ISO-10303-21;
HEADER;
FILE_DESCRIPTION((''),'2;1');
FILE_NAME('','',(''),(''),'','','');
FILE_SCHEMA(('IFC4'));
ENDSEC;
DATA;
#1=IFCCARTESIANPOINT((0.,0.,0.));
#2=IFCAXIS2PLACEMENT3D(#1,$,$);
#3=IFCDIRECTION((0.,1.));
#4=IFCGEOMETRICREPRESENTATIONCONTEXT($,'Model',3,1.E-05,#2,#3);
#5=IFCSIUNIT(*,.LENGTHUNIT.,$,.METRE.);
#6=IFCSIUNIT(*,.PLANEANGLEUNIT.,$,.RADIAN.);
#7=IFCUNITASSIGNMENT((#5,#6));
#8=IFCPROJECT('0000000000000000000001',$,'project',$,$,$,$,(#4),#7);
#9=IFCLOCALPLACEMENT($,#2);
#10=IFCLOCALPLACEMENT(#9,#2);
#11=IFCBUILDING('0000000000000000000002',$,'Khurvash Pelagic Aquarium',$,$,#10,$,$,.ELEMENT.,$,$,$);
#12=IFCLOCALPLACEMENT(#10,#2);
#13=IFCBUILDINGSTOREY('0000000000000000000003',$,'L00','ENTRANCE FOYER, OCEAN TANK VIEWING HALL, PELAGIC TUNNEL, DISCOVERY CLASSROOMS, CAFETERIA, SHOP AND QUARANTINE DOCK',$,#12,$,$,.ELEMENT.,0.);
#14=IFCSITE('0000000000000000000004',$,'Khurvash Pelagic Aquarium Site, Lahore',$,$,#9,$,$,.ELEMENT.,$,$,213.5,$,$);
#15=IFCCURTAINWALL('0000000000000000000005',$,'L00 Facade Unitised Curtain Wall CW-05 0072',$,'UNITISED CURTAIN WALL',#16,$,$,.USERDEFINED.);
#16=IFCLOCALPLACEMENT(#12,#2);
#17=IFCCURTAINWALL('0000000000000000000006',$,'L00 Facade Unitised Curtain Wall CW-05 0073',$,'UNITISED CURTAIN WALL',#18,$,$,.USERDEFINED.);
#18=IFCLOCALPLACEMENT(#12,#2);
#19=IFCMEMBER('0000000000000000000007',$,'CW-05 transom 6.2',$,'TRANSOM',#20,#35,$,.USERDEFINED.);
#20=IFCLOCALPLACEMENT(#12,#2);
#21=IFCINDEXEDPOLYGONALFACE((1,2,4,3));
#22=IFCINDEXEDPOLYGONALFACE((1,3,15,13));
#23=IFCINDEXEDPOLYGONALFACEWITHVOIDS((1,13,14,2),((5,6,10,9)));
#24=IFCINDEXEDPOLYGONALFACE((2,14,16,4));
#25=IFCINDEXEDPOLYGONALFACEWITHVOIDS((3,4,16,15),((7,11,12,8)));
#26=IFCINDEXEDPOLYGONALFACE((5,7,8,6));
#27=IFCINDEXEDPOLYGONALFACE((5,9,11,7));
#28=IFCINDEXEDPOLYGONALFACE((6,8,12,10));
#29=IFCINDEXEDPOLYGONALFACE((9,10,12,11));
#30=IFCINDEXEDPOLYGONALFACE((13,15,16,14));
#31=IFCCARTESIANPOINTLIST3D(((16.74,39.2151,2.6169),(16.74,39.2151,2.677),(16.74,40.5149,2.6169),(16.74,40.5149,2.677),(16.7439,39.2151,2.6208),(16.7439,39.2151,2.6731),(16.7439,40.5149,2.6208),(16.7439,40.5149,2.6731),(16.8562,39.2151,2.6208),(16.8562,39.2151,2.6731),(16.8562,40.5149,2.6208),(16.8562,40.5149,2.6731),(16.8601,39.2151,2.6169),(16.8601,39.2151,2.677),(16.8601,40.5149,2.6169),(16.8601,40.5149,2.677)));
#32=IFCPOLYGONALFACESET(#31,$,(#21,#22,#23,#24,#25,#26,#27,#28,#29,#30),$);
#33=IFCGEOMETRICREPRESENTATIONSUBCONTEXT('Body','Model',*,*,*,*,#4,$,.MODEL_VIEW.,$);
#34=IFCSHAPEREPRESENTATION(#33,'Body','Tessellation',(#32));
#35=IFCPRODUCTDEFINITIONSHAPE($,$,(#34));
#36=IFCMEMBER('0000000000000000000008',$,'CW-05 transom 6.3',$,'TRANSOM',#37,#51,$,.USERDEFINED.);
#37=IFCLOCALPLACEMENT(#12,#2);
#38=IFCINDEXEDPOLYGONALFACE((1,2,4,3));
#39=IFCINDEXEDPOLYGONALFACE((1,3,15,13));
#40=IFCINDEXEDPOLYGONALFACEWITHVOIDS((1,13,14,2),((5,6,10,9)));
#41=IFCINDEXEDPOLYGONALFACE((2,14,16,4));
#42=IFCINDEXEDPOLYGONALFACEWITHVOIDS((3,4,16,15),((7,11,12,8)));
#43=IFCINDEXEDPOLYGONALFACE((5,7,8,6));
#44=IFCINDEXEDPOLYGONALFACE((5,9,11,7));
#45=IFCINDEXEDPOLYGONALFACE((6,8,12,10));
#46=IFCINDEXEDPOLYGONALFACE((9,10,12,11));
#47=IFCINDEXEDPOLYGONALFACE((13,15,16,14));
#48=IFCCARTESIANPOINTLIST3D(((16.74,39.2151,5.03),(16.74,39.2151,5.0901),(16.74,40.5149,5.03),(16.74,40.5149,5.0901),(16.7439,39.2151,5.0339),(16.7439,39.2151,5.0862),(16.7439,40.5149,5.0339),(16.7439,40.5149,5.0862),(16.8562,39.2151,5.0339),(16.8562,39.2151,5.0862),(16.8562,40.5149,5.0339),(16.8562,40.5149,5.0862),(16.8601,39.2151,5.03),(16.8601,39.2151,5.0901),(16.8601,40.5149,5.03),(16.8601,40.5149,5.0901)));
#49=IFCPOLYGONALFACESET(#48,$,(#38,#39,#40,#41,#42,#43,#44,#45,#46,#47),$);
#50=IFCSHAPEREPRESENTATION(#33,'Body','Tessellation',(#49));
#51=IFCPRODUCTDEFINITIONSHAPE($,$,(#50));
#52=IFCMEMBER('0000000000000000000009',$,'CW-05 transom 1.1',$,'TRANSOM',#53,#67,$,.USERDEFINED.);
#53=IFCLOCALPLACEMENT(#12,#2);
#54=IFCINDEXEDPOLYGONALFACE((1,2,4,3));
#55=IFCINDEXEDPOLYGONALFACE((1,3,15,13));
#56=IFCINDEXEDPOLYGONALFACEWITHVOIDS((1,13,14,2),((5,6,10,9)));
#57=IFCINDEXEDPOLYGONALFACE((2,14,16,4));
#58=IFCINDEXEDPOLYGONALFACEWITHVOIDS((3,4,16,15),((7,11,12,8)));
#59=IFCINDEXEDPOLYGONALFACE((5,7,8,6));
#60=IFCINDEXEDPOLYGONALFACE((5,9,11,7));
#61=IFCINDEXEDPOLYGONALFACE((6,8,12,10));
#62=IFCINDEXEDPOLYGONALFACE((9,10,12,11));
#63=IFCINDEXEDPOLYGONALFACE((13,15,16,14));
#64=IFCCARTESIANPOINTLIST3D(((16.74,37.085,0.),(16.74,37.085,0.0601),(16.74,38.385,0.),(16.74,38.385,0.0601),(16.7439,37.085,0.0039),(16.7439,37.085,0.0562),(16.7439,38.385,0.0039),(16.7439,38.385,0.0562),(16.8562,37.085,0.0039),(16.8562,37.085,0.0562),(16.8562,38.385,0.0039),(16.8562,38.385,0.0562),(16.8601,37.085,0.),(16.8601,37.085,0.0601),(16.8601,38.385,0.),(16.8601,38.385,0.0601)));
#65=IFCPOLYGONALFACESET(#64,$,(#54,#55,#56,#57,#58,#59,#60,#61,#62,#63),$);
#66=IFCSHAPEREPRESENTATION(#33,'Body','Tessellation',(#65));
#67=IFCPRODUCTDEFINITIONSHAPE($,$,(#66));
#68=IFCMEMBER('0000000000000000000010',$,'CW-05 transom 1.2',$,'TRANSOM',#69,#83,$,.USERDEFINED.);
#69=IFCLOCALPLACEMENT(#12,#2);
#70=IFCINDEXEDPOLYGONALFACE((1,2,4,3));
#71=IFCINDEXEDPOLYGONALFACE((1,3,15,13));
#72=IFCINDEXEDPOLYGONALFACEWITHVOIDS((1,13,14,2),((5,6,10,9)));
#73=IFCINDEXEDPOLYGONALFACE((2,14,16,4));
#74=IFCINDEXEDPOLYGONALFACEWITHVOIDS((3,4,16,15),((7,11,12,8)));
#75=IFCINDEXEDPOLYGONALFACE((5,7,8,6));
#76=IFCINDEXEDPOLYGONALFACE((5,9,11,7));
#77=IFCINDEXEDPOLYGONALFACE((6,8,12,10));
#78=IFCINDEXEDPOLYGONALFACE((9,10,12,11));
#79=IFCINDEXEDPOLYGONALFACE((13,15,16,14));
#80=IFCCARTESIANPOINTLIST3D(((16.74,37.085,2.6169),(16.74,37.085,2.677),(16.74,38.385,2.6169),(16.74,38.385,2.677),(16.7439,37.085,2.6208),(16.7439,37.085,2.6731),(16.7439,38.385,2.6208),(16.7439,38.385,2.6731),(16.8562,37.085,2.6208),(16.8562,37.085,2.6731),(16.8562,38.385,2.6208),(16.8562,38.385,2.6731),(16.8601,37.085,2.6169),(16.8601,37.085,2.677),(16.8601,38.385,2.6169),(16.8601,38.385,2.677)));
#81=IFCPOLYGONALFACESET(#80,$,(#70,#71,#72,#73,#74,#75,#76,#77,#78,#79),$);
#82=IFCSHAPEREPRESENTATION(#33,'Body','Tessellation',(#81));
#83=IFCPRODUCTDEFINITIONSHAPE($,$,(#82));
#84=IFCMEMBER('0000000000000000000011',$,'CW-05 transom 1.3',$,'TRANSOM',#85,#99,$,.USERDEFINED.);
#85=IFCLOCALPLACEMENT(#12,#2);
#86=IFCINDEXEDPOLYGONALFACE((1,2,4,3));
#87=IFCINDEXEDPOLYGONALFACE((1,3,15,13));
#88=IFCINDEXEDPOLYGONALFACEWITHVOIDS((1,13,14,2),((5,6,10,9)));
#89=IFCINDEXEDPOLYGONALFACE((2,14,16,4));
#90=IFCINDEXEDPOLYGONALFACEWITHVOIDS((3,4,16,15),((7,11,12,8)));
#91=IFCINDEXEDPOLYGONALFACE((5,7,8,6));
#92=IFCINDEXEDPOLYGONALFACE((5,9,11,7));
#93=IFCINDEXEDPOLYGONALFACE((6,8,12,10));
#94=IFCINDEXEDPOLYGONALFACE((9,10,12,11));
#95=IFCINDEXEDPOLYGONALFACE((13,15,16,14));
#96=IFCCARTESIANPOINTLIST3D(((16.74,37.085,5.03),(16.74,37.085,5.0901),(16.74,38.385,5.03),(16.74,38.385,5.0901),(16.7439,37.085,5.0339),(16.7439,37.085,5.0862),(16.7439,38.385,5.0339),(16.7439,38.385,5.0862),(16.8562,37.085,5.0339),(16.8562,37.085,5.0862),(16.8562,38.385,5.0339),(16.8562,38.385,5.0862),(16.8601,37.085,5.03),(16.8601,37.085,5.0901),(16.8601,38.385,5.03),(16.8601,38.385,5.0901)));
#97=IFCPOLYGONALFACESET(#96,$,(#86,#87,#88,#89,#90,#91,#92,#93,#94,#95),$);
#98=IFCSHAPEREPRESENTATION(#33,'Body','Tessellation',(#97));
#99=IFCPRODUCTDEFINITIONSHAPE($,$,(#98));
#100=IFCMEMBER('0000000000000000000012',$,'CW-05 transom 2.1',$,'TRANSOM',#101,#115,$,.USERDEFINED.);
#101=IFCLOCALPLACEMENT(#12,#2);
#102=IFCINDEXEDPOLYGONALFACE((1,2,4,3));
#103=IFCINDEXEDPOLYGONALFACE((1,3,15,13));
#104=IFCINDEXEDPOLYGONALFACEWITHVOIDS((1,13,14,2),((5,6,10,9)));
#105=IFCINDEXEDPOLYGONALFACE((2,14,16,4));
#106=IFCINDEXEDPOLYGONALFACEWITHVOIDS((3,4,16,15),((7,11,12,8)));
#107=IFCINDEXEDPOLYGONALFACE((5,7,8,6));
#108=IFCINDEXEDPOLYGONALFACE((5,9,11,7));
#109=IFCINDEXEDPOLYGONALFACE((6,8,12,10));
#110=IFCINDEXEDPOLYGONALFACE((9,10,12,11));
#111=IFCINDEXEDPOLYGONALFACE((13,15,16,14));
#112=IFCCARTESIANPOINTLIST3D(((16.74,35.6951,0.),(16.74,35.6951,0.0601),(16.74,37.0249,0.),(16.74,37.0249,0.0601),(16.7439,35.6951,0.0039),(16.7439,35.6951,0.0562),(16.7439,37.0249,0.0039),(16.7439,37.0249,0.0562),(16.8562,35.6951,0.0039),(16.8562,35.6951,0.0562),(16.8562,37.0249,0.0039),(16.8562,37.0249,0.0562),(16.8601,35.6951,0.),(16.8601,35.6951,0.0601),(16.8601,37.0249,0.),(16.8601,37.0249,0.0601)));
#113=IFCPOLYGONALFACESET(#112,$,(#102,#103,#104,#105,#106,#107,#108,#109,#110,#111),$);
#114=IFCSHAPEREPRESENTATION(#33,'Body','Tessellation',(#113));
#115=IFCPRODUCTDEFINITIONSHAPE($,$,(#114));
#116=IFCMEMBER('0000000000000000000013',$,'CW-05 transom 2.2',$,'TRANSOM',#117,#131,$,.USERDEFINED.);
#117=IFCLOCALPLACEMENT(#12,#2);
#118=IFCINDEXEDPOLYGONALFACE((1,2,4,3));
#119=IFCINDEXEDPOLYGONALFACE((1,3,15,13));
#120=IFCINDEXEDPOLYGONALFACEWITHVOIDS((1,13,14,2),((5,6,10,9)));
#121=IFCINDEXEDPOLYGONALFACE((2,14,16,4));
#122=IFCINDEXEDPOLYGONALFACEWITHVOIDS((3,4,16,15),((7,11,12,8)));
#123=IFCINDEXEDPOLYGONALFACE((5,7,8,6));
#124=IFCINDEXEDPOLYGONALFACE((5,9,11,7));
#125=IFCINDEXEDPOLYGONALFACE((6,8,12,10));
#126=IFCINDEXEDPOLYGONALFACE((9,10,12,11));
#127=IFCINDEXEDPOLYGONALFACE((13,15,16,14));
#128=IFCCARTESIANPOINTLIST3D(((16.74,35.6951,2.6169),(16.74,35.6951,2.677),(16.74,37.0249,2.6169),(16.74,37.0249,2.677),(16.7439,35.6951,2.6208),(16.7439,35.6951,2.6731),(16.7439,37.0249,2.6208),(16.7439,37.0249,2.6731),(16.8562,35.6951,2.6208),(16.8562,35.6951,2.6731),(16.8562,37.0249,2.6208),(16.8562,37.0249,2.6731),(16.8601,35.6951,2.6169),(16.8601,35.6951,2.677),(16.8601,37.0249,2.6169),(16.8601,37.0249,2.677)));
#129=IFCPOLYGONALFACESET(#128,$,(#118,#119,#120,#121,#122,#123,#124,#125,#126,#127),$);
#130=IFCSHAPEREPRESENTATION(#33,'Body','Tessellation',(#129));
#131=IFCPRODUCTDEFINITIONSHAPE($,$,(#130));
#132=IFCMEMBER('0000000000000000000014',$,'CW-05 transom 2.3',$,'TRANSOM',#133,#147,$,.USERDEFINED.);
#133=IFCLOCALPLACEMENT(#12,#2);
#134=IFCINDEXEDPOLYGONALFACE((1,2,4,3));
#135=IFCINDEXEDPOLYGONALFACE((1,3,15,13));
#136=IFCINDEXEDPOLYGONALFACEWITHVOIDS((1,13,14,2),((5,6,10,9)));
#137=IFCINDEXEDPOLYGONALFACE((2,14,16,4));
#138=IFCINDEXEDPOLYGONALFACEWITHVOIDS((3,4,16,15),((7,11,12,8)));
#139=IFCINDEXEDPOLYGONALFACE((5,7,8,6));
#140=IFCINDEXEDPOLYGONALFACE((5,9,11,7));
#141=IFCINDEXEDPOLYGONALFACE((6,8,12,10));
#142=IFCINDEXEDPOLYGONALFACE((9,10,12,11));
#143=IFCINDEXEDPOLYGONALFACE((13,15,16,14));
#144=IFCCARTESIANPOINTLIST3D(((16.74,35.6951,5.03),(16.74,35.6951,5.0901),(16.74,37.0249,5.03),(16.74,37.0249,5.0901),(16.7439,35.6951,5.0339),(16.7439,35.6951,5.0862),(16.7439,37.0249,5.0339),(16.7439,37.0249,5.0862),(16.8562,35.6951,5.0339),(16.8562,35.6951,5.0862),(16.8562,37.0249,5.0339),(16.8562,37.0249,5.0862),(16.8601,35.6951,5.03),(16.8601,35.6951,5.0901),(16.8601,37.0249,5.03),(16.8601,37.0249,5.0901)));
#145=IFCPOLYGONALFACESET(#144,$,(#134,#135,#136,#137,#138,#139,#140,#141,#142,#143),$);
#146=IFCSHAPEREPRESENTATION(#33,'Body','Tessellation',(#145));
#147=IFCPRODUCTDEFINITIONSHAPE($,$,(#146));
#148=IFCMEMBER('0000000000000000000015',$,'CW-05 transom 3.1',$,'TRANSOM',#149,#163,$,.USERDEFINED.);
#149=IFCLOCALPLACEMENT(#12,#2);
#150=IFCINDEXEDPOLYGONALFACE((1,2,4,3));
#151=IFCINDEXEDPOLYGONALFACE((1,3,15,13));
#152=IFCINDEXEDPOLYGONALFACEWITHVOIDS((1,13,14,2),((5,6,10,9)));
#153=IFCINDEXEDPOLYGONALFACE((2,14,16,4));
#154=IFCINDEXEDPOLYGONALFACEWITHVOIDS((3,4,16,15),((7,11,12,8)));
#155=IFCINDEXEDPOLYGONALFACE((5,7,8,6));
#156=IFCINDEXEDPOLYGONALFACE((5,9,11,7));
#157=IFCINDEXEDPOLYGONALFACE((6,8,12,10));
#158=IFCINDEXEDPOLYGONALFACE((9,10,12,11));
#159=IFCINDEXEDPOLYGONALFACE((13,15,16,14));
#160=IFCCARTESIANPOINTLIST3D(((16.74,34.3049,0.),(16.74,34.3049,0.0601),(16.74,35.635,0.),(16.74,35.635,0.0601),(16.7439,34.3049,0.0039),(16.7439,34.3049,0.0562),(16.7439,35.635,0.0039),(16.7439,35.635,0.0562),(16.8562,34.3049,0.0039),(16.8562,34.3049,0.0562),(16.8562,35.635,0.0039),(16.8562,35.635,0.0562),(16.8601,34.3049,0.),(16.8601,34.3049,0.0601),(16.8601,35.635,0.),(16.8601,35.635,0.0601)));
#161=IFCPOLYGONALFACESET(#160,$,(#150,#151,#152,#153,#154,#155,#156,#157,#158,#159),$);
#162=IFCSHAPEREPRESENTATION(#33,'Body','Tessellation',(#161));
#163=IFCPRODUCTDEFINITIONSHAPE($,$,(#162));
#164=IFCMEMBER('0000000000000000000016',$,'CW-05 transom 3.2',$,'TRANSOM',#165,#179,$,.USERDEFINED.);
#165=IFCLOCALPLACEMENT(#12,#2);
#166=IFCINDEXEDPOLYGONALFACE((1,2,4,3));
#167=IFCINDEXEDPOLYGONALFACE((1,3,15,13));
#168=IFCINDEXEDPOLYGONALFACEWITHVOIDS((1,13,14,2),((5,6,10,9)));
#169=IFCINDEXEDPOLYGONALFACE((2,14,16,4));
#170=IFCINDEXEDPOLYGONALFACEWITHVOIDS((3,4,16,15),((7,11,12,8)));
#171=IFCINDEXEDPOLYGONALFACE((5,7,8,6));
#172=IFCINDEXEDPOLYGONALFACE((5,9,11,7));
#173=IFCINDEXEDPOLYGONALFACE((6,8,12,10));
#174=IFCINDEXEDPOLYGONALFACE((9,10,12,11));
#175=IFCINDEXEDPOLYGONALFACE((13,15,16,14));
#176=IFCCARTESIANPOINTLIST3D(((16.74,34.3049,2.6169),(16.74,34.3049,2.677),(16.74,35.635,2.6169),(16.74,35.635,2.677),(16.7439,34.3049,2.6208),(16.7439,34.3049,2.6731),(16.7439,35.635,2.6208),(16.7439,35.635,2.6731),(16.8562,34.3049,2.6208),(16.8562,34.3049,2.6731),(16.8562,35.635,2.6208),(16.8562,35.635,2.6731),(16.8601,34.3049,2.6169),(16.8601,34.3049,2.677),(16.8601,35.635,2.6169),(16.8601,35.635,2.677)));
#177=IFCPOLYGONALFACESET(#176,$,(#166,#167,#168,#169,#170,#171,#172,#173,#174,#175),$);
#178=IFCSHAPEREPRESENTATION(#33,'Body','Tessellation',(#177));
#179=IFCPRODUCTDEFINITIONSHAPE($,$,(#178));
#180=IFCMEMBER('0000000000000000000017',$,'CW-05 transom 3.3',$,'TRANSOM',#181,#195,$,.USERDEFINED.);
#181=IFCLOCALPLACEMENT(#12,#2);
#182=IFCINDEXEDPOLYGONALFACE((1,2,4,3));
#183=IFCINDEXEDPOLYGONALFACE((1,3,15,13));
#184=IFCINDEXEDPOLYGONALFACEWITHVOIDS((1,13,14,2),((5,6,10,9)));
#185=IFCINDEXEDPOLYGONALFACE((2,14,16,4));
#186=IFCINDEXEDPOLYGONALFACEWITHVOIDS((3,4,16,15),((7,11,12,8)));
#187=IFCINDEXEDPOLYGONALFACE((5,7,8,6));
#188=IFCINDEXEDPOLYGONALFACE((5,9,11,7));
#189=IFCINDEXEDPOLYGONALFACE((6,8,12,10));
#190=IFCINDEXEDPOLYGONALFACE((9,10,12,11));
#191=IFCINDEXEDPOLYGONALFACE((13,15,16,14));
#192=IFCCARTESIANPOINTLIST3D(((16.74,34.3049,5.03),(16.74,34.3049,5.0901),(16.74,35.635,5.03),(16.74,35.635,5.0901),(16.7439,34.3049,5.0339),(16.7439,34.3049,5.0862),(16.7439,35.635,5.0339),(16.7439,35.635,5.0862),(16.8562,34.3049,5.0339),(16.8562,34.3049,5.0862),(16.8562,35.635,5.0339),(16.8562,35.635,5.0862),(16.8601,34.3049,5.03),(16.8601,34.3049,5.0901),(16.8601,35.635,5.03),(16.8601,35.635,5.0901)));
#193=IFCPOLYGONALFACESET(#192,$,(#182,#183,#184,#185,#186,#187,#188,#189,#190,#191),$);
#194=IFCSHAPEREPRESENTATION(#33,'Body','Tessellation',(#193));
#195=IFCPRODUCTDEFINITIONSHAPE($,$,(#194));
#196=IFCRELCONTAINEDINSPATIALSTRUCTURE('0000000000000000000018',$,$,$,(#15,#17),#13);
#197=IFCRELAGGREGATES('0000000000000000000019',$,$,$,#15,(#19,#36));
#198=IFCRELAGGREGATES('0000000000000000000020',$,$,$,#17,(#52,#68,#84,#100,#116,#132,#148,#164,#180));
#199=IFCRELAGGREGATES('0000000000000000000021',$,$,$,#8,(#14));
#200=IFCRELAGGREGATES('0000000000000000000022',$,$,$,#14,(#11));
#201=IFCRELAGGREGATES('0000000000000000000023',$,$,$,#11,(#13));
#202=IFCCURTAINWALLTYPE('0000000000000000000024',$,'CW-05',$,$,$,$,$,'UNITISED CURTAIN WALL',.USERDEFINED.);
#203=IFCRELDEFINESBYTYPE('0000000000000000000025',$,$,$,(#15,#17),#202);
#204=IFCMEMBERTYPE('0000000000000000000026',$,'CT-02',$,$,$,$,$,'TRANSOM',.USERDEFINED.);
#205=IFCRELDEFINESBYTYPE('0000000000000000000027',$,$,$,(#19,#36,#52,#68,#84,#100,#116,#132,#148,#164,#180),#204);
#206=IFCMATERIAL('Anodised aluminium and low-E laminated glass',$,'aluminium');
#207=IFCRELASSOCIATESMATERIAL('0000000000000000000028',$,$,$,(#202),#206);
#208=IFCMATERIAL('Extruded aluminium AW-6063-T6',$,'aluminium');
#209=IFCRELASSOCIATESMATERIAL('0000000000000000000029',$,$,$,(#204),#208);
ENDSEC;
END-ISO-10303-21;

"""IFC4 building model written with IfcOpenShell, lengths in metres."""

from ifc_helpers import new_model, si_unit, direction, frame, origin, origin_2d, place, context, subcontext, project, spatial, hollow_rectangle, extrude, material, material_profile, profile_set, type_object, element, aggregate, save


model = new_model("IFC4")

# Units and contexts
model_context = context("Model", 3, precision=1e-05, world=origin(), true_north=direction((0.0, 1.0)))
body_context = subcontext(model_context, "Body", "Model", "MODEL_VIEW")
ifc_project = project(units=[si_unit("LENGTHUNIT", "METRE"), si_unit("PLANEANGLEUNIT", "RADIAN")], contexts=[model_context])

# Site, building, storey
site_placement = place(None, origin())
site = spatial("IfcSite", under=ifc_project, at=site_placement, Name="Khurvash Pelagic Aquarium Site, Lahore", CompositionType="ELEMENT", RefElevation=213.5)
building_placement = place(site_placement, origin())
building = spatial("IfcBuilding", under=site, at=building_placement, Name="Khurvash Pelagic Aquarium", CompositionType="ELEMENT")
storey_placement = place(building_placement, origin())
storey = spatial("IfcBuildingStorey", under=building, at=storey_placement, Name="L00", Description="ENTRANCE FOYER, OCEAN TANK VIEWING HALL, PELAGIC TUNNEL, DISCOVERY CLASSROOMS, CAFETERIA, SHOP AND QUARANTINE DOCK", CompositionType="ELEMENT", Elevation=0.0)

# Curtain walls
ifc_material_1 = material(Name="Anodised aluminium and low-E laminated glass", Category="aluminium")
curtain_wall_type = type_object("IfcCurtainWallType", Name="CW-05", ElementType="UNITISED CURTAIN WALL", PredefinedType="USERDEFINED", material=ifc_material_1)
curtain_wall_1_placement = place(storey_placement, origin())
curtain_wall_1 = element("IfcCurtainWall", 1, at=curtain_wall_1_placement, inside=storey, type_object=curtain_wall_type, Name="L00 Facade Unitised Curtain Wall CW-05 0072", ObjectType="UNITISED CURTAIN WALL", PredefinedType="USERDEFINED")
ifc_material_2 = material(Name="Extruded aluminium AW-6063-T6", Category="aluminium")
curtain_wall_2_placement = place(storey_placement, origin())
curtain_wall_2 = element("IfcCurtainWall", 2, at=curtain_wall_2_placement, inside=storey, type_object=curtain_wall_type, Name="L00 Facade Unitised Curtain Wall CW-05 0073", ObjectType="UNITISED CURTAIN WALL", PredefinedType="USERDEFINED")

# Members
ifc_material_profile_1 = material_profile(ifc_material_2, hollow_rectangle(XDim=0.1201, YDim=0.0601, WallThickness=0.0039, at=origin_2d()), Name="CWT120X60X4")
ifc_profile_set_1 = profile_set([ifc_material_profile_1], Name="Extruded aluminium AW-6063-T6")
member_type_1 = type_object("IfcMemberType", Name="CT-02", ElementType="TRANSOM", PredefinedType="USERDEFINED", material=ifc_profile_set_1)
member_1_placement = place(storey_placement, frame((16.8, 40.5149, 2.647), z_axis=(0.0, -1.0, 0.0), x_axis=(1.0, 0.0, 0.0)))
member_1 = element("IfcMember", 3, at=member_1_placement, type_object=member_type_1, Name="CW-05 transom 6.2", ObjectType="TRANSOM", PredefinedType="USERDEFINED", context=body_context, shape_type="SweptSolid", body=[
    extrude(hollow_rectangle(XDim=0.1201, YDim=0.0601, WallThickness=0.0039, at=origin_2d()), origin(), (0.0, 0.0, 1.0), 1.2998),
])
member_2_placement = place(storey_placement, frame((16.8, 40.5149, 5.0601), z_axis=(0.0, -1.0, 0.0), x_axis=(1.0, 0.0, 0.0)))
member_2 = element("IfcMember", 4, at=member_2_placement, type_object=member_type_1, Name="CW-05 transom 6.3", ObjectType="TRANSOM", PredefinedType="USERDEFINED", context=body_context, shape_type="SweptSolid", body=[
    extrude(hollow_rectangle(XDim=0.1201, YDim=0.0601, WallThickness=0.0039, at=origin_2d()), origin(), (0.0, 0.0, 1.0), 1.2998),
])
member_3_placement = place(storey_placement, frame((16.8, 38.385, 0.03), z_axis=(0.0, -1.0, 0.0), x_axis=(1.0, 0.0, 0.0)))
member_3 = element("IfcMember", 5, at=member_3_placement, type_object=member_type_1, Name="CW-05 transom 1.1", ObjectType="TRANSOM", PredefinedType="USERDEFINED", context=body_context, shape_type="SweptSolid", body=[
    extrude(hollow_rectangle(XDim=0.1201, YDim=0.0601, WallThickness=0.0039, at=origin_2d()), origin(), (0.0, 0.0, 1.0), 1.3),
])
member_4_placement = place(storey_placement, frame((16.8, 38.385, 2.647), z_axis=(0.0, -1.0, 0.0), x_axis=(1.0, 0.0, 0.0)))
member_4 = element("IfcMember", 6, at=member_4_placement, type_object=member_type_1, Name="CW-05 transom 1.2", ObjectType="TRANSOM", PredefinedType="USERDEFINED", context=body_context, shape_type="SweptSolid", body=[
    extrude(hollow_rectangle(XDim=0.1201, YDim=0.0601, WallThickness=0.0039, at=origin_2d()), origin(), (0.0, 0.0, 1.0), 1.3),
])
member_5_placement = place(storey_placement, frame((16.8, 38.385, 5.0601), z_axis=(0.0, -1.0, 0.0), x_axis=(1.0, 0.0, 0.0)))
member_5 = element("IfcMember", 7, at=member_5_placement, type_object=member_type_1, Name="CW-05 transom 1.3", ObjectType="TRANSOM", PredefinedType="USERDEFINED", context=body_context, shape_type="SweptSolid", body=[
    extrude(hollow_rectangle(XDim=0.1201, YDim=0.0601, WallThickness=0.0039, at=origin_2d()), origin(), (0.0, 0.0, 1.0), 1.3),
])
member_6_placement = place(storey_placement, frame((16.8, 37.0249, 0.03), z_axis=(0.0, -1.0, 0.0), x_axis=(1.0, 0.0, 0.0)))
member_6 = element("IfcMember", 8, at=member_6_placement, type_object=member_type_1, Name="CW-05 transom 2.1", ObjectType="TRANSOM", PredefinedType="USERDEFINED", context=body_context, shape_type="SweptSolid", body=[
    extrude(hollow_rectangle(XDim=0.1201, YDim=0.0601, WallThickness=0.0039, at=origin_2d()), origin(), (0.0, 0.0, 1.0), 1.3298),
])
member_7_placement = place(storey_placement, frame((16.8, 37.0249, 2.647), z_axis=(0.0, -1.0, 0.0), x_axis=(1.0, 0.0, 0.0)))
member_7 = element("IfcMember", 9, at=member_7_placement, type_object=member_type_1, Name="CW-05 transom 2.2", ObjectType="TRANSOM", PredefinedType="USERDEFINED", context=body_context, shape_type="SweptSolid", body=[
    extrude(hollow_rectangle(XDim=0.1201, YDim=0.0601, WallThickness=0.0039, at=origin_2d()), origin(), (0.0, 0.0, 1.0), 1.3298),
])
member_8_placement = place(storey_placement, frame((16.8, 37.0249, 5.0601), z_axis=(0.0, -1.0, 0.0), x_axis=(1.0, 0.0, 0.0)))
member_8 = element("IfcMember", 10, at=member_8_placement, type_object=member_type_1, Name="CW-05 transom 2.3", ObjectType="TRANSOM", PredefinedType="USERDEFINED", context=body_context, shape_type="SweptSolid", body=[
    extrude(hollow_rectangle(XDim=0.1201, YDim=0.0601, WallThickness=0.0039, at=origin_2d()), origin(), (0.0, 0.0, 1.0), 1.3298),
])
member_9_placement = place(storey_placement, frame((16.8, 35.635, 0.03), z_axis=(0.0, -1.0, 0.0), x_axis=(1.0, 0.0, 0.0)))
member_9 = element("IfcMember", 11, at=member_9_placement, type_object=member_type_1, Name="CW-05 transom 3.1", ObjectType="TRANSOM", PredefinedType="USERDEFINED", context=body_context, shape_type="SweptSolid", body=[
    extrude(hollow_rectangle(XDim=0.1201, YDim=0.0601, WallThickness=0.0039, at=origin_2d()), origin(), (0.0, 0.0, 1.0), 1.3301),
])
member_10_placement = place(storey_placement, frame((16.8, 35.635, 2.647), z_axis=(0.0, -1.0, 0.0), x_axis=(1.0, 0.0, 0.0)))
member_10 = element("IfcMember", 12, at=member_10_placement, type_object=member_type_1, Name="CW-05 transom 3.2", ObjectType="TRANSOM", PredefinedType="USERDEFINED", context=body_context, shape_type="SweptSolid", body=[
    extrude(hollow_rectangle(XDim=0.1201, YDim=0.0601, WallThickness=0.0039, at=origin_2d()), origin(), (0.0, 0.0, 1.0), 1.3301),
])
member_11_placement = place(storey_placement, frame((16.8, 35.635, 5.0601), z_axis=(0.0, -1.0, 0.0), x_axis=(1.0, 0.0, 0.0)))
member_11 = element("IfcMember", 13, at=member_11_placement, type_object=member_type_1, Name="CW-05 transom 3.3", ObjectType="TRANSOM", PredefinedType="USERDEFINED", context=body_context, shape_type="SweptSolid", body=[
    extrude(hollow_rectangle(XDim=0.1201, YDim=0.0601, WallThickness=0.0039, at=origin_2d()), origin(), (0.0, 0.0, 1.0), 1.3301),
])

aggregate(curtain_wall_1, [member_1, member_2])
aggregate(curtain_wall_2, [member_3, member_4, member_5, member_6, member_7, member_8, member_9, member_10, member_11])

save(model, "model.ifc")
